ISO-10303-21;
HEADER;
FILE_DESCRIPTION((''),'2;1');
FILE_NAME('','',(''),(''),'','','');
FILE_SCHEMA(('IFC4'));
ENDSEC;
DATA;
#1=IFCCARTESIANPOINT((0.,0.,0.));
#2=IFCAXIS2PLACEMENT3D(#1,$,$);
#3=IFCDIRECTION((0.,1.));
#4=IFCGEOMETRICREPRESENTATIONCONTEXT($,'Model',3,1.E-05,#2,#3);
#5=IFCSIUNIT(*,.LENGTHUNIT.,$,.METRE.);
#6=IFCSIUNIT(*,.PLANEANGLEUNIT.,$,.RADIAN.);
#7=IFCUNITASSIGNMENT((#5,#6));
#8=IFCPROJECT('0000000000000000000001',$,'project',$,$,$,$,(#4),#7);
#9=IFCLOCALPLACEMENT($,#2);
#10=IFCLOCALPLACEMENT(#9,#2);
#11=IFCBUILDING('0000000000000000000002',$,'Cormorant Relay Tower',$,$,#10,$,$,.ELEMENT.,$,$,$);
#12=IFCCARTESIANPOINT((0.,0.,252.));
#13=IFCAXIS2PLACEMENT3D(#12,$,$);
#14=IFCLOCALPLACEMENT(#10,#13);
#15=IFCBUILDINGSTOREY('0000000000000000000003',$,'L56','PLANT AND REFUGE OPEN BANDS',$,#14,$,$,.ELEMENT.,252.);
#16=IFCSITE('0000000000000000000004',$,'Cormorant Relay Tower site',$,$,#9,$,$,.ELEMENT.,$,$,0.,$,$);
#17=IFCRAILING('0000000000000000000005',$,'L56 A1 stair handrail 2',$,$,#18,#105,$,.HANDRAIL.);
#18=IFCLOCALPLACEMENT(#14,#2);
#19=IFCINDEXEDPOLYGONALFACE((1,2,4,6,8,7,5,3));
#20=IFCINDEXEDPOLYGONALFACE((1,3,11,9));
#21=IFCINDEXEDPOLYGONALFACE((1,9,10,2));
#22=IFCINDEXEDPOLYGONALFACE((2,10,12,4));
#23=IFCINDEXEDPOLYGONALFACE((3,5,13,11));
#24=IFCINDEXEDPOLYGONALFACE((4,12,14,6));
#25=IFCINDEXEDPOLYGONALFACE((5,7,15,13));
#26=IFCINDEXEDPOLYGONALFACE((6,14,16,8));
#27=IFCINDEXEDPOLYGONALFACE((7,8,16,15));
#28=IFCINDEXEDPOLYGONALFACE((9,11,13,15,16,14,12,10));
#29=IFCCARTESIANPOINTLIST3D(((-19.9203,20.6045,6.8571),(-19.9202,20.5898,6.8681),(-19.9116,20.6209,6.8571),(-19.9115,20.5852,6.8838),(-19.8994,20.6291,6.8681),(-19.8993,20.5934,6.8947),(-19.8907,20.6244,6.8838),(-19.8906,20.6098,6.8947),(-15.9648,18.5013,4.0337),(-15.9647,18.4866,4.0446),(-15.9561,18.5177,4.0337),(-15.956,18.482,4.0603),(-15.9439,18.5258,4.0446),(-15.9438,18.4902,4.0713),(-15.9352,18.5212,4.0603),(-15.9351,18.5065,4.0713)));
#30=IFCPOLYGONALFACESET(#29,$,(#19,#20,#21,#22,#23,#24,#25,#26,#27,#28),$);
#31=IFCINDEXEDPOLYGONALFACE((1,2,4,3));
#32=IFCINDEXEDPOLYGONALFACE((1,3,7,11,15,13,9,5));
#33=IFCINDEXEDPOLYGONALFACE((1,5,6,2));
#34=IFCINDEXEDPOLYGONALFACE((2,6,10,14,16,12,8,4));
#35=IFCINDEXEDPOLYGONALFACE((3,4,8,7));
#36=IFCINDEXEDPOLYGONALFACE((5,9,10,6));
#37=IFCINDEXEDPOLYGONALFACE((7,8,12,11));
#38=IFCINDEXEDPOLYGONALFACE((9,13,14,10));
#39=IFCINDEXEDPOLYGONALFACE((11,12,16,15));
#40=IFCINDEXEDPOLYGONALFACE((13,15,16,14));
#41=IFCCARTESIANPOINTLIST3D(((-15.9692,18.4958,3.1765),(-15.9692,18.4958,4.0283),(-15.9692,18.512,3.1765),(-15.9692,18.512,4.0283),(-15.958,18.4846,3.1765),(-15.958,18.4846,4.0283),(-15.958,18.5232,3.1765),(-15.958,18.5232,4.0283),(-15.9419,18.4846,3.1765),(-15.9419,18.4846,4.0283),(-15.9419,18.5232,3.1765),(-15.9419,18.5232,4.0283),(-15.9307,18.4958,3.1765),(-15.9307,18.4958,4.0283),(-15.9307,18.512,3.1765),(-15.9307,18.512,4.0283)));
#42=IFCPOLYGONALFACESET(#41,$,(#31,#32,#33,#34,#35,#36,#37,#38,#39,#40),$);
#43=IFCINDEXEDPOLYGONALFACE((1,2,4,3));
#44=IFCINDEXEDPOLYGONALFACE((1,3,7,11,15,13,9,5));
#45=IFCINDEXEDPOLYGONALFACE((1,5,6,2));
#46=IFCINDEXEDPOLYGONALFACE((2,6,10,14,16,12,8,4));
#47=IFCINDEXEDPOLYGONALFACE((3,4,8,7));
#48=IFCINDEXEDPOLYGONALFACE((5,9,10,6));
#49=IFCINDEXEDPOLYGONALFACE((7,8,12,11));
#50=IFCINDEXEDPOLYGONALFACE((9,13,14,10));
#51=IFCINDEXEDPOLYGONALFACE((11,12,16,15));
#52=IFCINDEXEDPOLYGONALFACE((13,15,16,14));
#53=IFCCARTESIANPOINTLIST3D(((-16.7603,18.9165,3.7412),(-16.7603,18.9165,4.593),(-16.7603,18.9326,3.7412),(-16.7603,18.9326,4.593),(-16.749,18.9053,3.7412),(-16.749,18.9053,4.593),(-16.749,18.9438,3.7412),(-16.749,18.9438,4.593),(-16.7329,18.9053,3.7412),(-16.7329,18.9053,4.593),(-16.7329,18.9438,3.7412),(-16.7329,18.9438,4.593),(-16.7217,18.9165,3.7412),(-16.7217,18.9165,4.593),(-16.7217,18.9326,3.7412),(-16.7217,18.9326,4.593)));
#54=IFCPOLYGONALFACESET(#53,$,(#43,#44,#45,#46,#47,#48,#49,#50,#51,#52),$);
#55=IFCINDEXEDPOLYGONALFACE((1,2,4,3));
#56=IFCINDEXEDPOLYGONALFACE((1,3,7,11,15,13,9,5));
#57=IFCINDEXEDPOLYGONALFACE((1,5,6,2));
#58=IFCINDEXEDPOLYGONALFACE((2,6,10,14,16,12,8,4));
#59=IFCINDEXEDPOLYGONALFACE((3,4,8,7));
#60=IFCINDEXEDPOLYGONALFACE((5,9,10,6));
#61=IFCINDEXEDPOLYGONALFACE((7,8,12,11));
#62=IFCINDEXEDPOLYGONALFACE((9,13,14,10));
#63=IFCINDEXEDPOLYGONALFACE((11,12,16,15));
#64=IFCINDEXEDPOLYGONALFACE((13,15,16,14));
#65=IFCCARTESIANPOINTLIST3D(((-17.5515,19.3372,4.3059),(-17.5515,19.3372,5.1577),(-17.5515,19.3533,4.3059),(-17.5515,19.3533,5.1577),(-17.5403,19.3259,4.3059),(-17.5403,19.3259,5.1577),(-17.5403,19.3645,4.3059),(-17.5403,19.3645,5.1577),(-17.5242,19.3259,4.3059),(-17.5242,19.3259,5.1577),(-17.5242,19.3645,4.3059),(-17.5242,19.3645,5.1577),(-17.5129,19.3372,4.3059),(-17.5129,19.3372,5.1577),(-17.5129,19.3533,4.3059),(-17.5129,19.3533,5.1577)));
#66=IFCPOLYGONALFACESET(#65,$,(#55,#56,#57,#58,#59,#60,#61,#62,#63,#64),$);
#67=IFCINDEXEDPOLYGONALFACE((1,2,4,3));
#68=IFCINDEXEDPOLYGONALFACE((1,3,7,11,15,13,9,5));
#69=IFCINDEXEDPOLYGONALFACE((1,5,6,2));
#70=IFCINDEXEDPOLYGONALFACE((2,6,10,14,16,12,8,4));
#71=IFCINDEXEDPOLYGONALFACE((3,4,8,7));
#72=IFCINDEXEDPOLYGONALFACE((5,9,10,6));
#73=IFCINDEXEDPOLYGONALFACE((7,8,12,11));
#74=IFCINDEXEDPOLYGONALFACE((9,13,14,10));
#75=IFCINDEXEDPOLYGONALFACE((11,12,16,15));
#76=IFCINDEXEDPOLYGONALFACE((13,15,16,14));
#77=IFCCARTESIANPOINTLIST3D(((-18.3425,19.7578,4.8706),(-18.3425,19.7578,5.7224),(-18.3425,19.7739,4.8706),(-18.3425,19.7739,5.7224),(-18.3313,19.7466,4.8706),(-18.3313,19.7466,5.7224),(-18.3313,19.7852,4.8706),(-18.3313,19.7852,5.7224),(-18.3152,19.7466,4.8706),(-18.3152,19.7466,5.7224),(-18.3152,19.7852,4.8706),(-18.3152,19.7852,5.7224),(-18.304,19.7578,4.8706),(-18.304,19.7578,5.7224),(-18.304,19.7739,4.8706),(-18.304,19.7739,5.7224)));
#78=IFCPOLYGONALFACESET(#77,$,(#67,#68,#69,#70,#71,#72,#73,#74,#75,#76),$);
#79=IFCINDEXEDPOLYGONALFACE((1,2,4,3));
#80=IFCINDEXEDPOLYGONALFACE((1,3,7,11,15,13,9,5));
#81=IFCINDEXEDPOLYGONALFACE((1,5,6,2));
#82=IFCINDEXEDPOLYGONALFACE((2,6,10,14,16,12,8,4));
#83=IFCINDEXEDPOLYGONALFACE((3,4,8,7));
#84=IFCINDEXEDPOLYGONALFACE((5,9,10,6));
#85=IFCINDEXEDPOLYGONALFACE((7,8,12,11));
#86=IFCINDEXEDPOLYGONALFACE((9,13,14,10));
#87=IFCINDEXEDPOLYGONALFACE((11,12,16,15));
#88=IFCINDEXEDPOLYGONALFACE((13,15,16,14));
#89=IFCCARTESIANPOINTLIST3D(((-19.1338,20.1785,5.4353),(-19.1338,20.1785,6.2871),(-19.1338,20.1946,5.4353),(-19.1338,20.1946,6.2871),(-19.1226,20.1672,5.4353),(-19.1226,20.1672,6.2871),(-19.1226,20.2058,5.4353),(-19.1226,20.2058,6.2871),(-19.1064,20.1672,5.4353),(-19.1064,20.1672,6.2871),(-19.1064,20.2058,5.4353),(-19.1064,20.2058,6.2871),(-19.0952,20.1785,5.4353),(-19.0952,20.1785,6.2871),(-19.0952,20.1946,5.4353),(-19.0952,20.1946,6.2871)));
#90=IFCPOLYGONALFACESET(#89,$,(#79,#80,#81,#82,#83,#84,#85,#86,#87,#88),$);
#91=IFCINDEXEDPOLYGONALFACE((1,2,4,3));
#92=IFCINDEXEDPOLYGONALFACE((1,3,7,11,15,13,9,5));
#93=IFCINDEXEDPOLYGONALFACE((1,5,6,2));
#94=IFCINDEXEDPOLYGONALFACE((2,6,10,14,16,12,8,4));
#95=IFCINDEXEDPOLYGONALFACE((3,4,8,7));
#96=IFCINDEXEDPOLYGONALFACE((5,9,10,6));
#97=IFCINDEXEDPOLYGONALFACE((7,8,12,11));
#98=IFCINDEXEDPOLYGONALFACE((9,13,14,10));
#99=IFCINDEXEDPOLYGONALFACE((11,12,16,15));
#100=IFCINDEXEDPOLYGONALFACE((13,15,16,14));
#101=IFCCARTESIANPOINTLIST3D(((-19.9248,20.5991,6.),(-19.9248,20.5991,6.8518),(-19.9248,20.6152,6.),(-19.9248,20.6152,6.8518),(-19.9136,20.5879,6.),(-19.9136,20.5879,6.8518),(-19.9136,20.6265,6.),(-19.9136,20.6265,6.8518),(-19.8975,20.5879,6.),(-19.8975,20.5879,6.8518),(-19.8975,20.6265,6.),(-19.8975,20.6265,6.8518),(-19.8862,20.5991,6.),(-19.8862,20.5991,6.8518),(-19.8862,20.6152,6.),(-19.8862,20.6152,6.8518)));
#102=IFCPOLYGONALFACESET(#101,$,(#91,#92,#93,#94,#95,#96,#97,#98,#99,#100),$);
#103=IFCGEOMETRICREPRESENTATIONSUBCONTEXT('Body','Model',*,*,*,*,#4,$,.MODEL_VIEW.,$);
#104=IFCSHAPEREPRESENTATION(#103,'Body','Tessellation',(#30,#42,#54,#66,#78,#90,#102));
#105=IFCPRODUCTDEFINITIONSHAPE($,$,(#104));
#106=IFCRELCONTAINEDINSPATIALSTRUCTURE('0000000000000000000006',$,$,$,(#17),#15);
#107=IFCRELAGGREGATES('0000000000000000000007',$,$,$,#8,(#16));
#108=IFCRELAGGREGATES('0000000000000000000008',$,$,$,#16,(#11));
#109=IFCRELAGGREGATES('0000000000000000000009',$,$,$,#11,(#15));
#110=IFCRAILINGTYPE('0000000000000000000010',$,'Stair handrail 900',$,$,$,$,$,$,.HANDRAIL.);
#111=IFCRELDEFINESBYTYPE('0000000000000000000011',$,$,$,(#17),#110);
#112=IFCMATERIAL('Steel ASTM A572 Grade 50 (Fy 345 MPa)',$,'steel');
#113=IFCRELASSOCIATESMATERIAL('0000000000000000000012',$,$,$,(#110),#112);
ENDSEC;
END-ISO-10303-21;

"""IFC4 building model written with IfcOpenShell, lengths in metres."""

from ifc_helpers import new_model, si_unit, direction, frame, origin, place, context, subcontext, project, spatial, polyline, outline, extrude, material, type_object, element, save


model = new_model("IFC4")

# Units and contexts
model_context = context("Model", 3, precision=1e-05, world=origin(), true_north=direction((0.0, 1.0)))
body_context = subcontext(model_context, "Body", "Model", "MODEL_VIEW")
ifc_project = project(units=[si_unit("LENGTHUNIT", "METRE"), si_unit("PLANEANGLEUNIT", "RADIAN")], contexts=[model_context])

# Site, building, storey
site_placement = place(None, origin())
site = spatial("IfcSite", under=ifc_project, at=site_placement, Name="Cormorant Relay Tower site", CompositionType="ELEMENT", RefElevation=0.0)
building_placement = place(site_placement, origin())
building = spatial("IfcBuilding", under=site, at=building_placement, Name="Cormorant Relay Tower", CompositionType="ELEMENT")
storey_placement = place(building_placement, frame((0.0, 0.0, 252.0)))
storey = spatial("IfcBuildingStorey", under=building, at=storey_placement, Name="L56", Description="PLANT AND REFUGE OPEN BANDS", CompositionType="ELEMENT", Elevation=252.0)

# Railing
ifc_material_1 = material(Name="Steel ASTM A572 Grade 50 (Fy 345 MPa)", Category="steel")
railing_type_1 = type_object("IfcRailingType", Name="Stair handrail 900", PredefinedType="HANDRAIL", material=ifc_material_1)
railing_1_placement = place(storey_placement, frame((-15.95, 18.5039, 3.1765)))
element("IfcRailing", 1, at=railing_1_placement, inside=storey, type_object=railing_type_1, Name="L56 A1 stair handrail 2", PredefinedType="HANDRAIL", context=body_context, shape_type="SweptSolid", body=[
    extrude(outline(polyline([(0.0222, 0.0093), (0.0093, 0.0222), (-0.0093, 0.0222), (-0.0222, 0.0093), (-0.0222, -0.0093), (-0.0093, -0.0222), (0.0093, -0.0222), (0.0222, -0.0093), (0.0222, 0.0093)])), frame((0.0, 0.0, 0.876), z_axis=(-0.746967, 0.397181, 0.533186), x_axis=(-0.469482, -0.882942, 0.0)), (0.0, 0.0, 1.0), 5.2954),
    extrude(outline(polyline([(0.0193, 0.0081), (0.0081, 0.0193), (-0.0081, 0.0193), (-0.0193, 0.0081), (-0.0193, -0.0081), (-0.0081, -0.0193), (0.0081, -0.0193), (0.0193, -0.0081), (0.0193, 0.0081)])), origin(), (0.0, 0.0, 1.0), 0.8518),
    extrude(outline(polyline([(0.0193, 0.0081), (0.0081, 0.0193), (-0.0081, 0.0193), (-0.0193, 0.0081), (-0.0193, -0.0081), (-0.0081, -0.0193), (0.0081, -0.0193), (0.0193, -0.0081), (0.0193, 0.0081)])), frame((-0.791, 0.4207, 0.5647)), (0.0, 0.0, 1.0), 0.8518),
    extrude(outline(polyline([(0.0193, 0.0081), (0.0081, 0.0193), (-0.0081, 0.0193), (-0.0193, 0.0081), (-0.0193, -0.0081), (-0.0081, -0.0193), (0.0081, -0.0193), (0.0193, -0.0081), (0.0193, 0.0081)])), frame((-1.5823, 0.8413, 1.1294)), (0.0, 0.0, 1.0), 0.8518),
    extrude(outline(polyline([(0.0193, 0.0081), (0.0081, 0.0193), (-0.0081, 0.0193), (-0.0193, 0.0081), (-0.0193, -0.0081), (-0.0081, -0.0193), (0.0081, -0.0193), (0.0193, -0.0081), (0.0193, 0.0081)])), frame((-2.3733, 1.262, 1.6941)), (0.0, 0.0, 1.0), 0.8518),
    extrude(outline(polyline([(0.0193, 0.0081), (0.0081, 0.0193), (-0.0081, 0.0193), (-0.0193, 0.0081), (-0.0193, -0.0081), (-0.0081, -0.0193), (0.0081, -0.0193), (0.0193, -0.0081), (0.0193, 0.0081)])), frame((-3.1646, 1.6826, 2.2588)), (0.0, 0.0, 1.0), 0.8518),
    extrude(outline(polyline([(0.0193, 0.0081), (0.0081, 0.0193), (-0.0081, 0.0193), (-0.0193, 0.0081), (-0.0193, -0.0081), (-0.0081, -0.0193), (0.0081, -0.0193), (0.0193, -0.0081), (0.0193, 0.0081)])), frame((-3.9556, 2.1033, 2.8235)), (0.0, 0.0, 1.0), 0.8518),
])

save(model, "model.ifc")
